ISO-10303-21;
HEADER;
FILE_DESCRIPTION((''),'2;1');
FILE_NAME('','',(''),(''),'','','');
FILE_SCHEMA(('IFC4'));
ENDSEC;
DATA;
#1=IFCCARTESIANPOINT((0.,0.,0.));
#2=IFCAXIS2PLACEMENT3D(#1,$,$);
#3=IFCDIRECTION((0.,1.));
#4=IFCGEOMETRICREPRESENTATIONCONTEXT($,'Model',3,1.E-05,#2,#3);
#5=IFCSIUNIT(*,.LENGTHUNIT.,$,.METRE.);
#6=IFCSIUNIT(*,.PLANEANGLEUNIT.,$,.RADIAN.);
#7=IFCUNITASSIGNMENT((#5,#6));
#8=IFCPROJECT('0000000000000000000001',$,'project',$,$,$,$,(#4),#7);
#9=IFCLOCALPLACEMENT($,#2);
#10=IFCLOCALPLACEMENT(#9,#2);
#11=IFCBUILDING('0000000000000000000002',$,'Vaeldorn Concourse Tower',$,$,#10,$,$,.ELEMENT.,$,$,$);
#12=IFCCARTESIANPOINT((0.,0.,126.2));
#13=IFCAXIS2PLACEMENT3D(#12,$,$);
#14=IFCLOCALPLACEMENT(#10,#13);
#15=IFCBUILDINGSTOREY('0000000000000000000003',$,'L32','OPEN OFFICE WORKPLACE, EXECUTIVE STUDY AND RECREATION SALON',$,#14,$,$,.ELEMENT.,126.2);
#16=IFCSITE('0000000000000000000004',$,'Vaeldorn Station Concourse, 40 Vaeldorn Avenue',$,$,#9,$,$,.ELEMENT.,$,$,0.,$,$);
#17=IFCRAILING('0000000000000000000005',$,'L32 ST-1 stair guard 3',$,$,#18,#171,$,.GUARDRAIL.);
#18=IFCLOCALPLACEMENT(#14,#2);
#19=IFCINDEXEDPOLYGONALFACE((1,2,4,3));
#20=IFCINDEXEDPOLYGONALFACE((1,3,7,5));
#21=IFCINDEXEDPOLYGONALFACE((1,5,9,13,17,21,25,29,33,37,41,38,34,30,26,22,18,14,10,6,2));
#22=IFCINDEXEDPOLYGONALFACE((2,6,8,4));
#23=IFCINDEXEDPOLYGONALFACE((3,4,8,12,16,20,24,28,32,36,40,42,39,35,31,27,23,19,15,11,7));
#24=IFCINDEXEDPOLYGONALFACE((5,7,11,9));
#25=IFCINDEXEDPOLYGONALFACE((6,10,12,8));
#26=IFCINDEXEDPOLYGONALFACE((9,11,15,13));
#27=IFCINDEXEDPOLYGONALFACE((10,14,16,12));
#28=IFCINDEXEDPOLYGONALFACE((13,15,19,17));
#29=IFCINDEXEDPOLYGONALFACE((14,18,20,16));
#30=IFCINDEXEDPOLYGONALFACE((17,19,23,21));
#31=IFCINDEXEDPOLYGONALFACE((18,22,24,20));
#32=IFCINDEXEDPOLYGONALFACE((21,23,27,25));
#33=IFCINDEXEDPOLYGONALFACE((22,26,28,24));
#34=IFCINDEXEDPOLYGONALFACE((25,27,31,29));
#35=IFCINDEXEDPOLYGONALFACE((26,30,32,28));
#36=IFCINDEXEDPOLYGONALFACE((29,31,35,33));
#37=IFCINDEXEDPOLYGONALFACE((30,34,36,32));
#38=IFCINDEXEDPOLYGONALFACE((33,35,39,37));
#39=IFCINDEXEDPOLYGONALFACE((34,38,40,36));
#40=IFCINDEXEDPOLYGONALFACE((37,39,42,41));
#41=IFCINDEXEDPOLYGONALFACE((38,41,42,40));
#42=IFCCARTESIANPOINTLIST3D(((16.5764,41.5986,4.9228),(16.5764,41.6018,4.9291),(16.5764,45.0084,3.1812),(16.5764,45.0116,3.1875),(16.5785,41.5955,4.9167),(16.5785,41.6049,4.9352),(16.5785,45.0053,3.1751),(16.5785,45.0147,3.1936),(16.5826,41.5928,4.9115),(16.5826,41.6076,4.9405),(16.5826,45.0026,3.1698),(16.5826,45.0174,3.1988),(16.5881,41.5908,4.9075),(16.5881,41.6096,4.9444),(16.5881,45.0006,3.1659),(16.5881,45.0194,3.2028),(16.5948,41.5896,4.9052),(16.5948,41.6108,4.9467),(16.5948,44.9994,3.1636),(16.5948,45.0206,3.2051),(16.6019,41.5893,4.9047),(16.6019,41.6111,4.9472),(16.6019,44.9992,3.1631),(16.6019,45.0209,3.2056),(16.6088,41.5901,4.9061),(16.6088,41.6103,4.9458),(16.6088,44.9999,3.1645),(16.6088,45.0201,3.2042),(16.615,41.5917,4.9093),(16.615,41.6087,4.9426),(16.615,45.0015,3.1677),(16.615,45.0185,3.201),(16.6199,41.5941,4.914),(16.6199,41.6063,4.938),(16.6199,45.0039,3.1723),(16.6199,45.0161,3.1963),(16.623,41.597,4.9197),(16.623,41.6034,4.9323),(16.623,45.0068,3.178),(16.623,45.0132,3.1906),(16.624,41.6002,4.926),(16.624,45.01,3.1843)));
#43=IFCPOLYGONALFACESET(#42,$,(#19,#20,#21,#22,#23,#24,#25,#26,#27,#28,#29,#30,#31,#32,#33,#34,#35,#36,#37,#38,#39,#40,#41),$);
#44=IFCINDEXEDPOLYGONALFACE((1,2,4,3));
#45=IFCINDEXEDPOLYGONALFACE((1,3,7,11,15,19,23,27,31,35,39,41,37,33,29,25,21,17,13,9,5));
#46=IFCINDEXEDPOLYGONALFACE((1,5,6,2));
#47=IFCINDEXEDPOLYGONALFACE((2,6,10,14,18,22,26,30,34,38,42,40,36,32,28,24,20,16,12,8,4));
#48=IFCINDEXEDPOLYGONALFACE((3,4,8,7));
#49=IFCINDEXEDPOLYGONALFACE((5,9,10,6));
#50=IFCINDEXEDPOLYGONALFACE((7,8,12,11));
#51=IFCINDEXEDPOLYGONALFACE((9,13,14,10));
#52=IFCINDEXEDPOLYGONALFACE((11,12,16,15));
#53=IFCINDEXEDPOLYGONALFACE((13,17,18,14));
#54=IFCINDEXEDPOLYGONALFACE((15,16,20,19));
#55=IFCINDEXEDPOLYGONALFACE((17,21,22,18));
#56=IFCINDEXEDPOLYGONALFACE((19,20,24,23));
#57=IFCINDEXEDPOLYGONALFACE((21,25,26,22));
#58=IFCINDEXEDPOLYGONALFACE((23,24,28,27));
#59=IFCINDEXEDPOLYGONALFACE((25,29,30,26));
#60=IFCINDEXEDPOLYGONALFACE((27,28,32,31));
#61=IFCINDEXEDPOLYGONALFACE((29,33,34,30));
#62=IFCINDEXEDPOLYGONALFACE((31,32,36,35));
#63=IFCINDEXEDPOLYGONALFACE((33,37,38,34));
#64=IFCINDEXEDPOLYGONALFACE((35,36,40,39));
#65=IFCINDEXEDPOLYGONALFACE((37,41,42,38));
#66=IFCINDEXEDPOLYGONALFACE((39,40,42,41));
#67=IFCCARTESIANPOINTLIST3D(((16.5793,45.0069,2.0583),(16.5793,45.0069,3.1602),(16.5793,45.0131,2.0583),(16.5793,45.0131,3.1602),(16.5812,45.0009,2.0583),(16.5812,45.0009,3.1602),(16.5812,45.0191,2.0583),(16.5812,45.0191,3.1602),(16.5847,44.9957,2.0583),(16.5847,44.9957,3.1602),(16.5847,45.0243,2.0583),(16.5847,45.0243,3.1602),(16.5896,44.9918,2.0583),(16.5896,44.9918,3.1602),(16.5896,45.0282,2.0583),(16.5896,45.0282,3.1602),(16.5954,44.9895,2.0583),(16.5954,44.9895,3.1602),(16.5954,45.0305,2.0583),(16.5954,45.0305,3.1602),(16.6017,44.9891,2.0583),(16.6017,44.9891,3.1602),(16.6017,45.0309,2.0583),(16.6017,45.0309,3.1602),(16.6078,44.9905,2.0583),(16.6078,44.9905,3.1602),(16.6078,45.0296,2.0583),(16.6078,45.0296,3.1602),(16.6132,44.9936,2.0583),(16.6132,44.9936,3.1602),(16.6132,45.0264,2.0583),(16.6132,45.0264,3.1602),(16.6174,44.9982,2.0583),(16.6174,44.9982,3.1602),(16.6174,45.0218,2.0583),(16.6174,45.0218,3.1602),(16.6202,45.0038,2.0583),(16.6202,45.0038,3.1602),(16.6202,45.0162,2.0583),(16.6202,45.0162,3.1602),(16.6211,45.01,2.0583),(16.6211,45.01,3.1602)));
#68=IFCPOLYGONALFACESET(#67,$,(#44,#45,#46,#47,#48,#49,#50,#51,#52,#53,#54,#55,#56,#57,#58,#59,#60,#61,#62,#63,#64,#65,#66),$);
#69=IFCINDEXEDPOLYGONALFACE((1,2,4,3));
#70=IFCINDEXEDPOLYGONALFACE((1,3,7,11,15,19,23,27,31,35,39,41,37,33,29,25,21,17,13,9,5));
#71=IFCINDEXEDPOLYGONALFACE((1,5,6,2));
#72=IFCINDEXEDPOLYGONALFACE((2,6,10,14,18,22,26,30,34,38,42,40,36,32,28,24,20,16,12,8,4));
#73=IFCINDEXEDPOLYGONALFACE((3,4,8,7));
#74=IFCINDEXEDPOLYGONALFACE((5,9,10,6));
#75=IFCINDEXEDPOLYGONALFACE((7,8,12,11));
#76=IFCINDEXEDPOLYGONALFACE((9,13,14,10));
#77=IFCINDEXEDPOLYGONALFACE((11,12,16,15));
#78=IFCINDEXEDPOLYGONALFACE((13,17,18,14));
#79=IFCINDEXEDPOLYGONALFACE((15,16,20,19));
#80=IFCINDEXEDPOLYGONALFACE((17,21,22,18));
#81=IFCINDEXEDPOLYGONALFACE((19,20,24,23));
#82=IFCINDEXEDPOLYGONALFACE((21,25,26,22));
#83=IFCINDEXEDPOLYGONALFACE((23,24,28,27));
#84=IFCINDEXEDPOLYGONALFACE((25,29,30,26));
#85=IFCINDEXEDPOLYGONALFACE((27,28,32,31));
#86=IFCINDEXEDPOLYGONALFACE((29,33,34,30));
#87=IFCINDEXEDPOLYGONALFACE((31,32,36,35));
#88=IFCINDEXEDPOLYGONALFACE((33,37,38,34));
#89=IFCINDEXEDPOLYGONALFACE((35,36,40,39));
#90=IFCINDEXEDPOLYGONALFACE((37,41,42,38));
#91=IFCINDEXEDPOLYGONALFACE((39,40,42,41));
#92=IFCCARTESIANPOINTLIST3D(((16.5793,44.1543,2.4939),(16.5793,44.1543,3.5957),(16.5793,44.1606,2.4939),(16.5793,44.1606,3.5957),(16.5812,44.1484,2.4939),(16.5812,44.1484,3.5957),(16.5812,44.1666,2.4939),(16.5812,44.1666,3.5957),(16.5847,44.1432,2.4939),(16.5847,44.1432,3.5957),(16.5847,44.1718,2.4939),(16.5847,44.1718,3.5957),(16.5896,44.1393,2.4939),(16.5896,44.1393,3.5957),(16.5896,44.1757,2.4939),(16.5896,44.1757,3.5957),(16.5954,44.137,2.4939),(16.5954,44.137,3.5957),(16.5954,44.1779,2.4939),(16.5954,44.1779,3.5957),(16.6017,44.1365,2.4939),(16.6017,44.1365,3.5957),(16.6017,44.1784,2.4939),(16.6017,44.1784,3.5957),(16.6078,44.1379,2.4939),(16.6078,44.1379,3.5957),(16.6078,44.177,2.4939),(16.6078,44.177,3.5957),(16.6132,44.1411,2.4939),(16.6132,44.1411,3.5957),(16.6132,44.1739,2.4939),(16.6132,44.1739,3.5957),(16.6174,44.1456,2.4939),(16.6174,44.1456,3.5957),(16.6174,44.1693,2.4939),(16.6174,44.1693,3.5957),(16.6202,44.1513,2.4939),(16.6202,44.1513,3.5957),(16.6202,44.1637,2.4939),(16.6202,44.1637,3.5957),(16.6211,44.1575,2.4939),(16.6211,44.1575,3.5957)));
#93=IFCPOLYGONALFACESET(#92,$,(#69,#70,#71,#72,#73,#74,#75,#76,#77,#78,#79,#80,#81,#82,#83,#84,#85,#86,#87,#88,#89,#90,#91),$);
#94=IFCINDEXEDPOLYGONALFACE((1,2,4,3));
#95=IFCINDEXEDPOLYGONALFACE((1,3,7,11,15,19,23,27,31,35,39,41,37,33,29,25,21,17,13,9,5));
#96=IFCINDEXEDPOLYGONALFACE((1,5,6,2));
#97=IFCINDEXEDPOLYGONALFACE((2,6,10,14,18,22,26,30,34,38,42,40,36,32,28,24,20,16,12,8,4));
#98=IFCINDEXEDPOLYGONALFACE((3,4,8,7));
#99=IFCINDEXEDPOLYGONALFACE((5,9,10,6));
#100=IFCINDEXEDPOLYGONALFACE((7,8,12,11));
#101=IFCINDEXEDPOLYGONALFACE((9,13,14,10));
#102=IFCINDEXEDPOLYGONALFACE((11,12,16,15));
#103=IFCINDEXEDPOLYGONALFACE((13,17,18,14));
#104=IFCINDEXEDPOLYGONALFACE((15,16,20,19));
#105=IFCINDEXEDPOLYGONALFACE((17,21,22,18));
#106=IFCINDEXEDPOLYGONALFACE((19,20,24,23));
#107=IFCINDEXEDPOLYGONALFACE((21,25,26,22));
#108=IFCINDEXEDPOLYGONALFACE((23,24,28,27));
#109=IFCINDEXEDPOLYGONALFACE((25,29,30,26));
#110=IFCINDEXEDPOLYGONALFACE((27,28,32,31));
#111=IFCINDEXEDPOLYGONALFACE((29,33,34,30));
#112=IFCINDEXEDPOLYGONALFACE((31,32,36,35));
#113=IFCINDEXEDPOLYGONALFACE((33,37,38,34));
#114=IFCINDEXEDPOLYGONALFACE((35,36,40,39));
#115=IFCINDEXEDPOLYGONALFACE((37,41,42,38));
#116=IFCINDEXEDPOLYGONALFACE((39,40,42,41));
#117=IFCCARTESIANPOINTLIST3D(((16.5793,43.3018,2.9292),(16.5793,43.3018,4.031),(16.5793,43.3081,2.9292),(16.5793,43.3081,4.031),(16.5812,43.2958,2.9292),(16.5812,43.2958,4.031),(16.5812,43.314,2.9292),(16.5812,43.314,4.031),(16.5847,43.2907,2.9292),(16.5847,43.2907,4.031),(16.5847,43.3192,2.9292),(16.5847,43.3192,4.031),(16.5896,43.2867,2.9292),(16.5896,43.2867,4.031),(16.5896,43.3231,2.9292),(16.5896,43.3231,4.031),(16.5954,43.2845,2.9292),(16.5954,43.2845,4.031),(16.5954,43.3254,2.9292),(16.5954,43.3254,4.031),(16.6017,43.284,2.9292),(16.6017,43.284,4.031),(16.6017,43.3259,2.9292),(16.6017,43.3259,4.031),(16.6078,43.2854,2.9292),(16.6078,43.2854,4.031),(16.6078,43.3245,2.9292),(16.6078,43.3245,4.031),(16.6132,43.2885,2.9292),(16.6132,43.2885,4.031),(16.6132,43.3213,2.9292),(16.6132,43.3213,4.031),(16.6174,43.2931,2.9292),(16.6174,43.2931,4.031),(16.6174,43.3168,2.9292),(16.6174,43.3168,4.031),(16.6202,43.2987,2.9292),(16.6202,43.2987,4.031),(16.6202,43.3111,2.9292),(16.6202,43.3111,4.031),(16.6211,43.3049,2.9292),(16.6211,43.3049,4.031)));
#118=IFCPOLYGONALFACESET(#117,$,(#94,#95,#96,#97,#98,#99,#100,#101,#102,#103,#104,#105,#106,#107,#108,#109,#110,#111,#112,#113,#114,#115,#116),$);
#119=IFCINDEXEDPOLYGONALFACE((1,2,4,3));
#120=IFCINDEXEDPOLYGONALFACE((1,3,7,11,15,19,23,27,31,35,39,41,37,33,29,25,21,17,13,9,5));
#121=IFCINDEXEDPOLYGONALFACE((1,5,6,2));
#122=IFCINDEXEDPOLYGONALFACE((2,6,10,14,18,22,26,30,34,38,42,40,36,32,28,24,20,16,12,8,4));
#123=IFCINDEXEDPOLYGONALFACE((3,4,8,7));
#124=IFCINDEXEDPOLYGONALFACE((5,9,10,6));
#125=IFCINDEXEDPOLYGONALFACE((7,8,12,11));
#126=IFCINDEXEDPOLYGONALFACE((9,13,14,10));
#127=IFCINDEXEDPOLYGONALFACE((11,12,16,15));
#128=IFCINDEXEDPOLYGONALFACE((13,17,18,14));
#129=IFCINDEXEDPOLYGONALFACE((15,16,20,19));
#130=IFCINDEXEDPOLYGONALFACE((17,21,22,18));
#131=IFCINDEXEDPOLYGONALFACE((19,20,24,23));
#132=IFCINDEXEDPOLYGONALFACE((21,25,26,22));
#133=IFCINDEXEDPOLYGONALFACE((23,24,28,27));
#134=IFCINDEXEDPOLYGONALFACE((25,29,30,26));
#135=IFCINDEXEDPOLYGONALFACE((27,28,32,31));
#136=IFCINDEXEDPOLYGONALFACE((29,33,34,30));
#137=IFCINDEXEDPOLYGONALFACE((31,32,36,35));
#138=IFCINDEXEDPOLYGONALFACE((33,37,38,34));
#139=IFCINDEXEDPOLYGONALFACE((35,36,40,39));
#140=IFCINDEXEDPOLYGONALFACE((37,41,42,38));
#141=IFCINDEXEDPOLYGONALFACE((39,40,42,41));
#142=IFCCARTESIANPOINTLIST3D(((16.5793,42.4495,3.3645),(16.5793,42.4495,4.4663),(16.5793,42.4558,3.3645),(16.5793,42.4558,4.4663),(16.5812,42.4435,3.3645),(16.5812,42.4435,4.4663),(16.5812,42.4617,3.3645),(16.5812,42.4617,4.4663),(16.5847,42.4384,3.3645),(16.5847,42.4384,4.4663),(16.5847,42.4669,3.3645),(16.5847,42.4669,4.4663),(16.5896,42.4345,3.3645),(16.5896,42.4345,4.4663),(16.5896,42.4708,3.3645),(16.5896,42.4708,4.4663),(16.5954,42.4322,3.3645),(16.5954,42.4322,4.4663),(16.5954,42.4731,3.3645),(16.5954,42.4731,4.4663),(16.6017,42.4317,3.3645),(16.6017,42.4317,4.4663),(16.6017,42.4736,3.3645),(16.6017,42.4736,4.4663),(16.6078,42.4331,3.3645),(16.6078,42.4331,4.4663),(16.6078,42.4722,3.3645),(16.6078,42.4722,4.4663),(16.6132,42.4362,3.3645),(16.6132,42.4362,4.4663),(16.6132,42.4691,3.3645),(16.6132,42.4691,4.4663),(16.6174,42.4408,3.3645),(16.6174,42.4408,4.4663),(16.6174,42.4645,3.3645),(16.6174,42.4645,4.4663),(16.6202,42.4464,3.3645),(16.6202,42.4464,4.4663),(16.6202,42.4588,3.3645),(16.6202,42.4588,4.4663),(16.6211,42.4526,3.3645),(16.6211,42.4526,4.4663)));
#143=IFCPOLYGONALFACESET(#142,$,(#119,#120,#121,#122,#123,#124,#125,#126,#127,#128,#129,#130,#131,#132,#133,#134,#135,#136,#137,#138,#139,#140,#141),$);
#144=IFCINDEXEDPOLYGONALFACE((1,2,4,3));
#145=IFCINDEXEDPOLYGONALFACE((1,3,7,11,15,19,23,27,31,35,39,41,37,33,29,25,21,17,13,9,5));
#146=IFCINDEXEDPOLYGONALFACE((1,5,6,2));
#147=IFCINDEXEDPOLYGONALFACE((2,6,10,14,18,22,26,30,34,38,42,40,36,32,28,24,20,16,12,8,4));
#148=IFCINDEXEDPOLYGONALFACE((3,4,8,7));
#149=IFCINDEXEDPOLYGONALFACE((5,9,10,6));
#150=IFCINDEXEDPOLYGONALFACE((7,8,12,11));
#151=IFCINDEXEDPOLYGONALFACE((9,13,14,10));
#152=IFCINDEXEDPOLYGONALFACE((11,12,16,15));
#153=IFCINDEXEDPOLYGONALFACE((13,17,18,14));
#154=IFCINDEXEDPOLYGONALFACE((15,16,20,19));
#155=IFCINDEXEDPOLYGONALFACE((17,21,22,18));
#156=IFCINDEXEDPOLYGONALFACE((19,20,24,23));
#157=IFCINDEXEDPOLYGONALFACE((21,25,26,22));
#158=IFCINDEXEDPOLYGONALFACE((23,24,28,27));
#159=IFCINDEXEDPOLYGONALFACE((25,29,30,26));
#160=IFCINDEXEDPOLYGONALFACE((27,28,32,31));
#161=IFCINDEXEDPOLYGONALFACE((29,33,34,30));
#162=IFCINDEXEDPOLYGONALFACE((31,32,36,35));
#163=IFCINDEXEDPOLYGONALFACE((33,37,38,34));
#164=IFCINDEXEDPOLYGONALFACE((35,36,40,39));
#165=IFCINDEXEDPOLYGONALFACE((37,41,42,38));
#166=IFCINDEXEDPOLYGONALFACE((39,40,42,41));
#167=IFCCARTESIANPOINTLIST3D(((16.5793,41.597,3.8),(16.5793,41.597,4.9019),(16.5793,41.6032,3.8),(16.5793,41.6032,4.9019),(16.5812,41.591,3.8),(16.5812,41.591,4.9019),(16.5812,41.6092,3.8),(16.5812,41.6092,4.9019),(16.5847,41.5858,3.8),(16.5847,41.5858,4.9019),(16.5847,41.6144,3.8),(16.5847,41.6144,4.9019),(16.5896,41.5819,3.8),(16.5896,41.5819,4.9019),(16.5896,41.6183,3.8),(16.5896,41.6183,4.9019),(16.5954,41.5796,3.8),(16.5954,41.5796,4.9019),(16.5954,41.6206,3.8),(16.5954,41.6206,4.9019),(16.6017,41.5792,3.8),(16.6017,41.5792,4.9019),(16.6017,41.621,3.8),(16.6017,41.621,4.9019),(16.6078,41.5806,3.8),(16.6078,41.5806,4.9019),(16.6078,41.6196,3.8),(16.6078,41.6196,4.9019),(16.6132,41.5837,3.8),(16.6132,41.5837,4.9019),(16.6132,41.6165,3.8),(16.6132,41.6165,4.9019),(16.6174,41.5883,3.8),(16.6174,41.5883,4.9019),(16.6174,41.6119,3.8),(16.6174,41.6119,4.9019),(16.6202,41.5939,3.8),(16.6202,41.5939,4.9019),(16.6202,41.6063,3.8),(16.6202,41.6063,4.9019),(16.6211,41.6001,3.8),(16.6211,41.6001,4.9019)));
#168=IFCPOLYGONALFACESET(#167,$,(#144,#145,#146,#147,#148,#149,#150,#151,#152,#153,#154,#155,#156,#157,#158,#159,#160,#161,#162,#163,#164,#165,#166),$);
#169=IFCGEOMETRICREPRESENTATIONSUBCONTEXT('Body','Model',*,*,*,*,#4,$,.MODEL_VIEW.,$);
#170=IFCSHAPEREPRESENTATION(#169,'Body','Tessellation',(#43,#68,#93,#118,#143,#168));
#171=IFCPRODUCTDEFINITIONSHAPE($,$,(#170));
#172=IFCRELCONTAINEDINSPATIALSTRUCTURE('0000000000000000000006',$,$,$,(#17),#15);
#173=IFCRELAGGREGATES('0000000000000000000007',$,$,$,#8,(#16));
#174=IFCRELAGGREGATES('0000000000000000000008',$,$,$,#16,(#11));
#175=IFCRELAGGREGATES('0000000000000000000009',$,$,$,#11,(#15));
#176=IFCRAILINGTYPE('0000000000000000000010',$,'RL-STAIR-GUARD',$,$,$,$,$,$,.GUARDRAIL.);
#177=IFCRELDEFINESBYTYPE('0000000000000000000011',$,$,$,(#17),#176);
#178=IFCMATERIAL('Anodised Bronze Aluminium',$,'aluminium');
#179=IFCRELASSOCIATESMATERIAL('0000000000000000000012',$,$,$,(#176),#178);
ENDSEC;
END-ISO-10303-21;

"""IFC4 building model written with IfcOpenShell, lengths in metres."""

from ifc_helpers import new_model, si_unit, direction, frame, origin, origin_2d, place, context, subcontext, project, spatial, circle, extrude, material, type_object, element, save


model = new_model("IFC4")

# Units and contexts
model_context = context("Model", 3, precision=1e-05, world=origin(), true_north=direction((0.0, 1.0)))
body_context = subcontext(model_context, "Body", "Model", "MODEL_VIEW")
ifc_project = project(units=[si_unit("LENGTHUNIT", "METRE"), si_unit("PLANEANGLEUNIT", "RADIAN")], contexts=[model_context])

# Site, building, storey
site_placement = place(None, origin())
site = spatial("IfcSite", under=ifc_project, at=site_placement, Name="Vaeldorn Station Concourse, 40 Vaeldorn Avenue", CompositionType="ELEMENT", RefElevation=0.0)
building_placement = place(site_placement, origin())
building = spatial("IfcBuilding", under=site, at=building_placement, Name="Vaeldorn Concourse Tower", CompositionType="ELEMENT")
storey_placement = place(building_placement, frame((0.0, 0.0, 126.2)))
storey = spatial("IfcBuildingStorey", under=building, at=storey_placement, Name="L32", Description="OPEN OFFICE WORKPLACE, EXECUTIVE STUDY AND RECREATION SALON", CompositionType="ELEMENT", Elevation=126.2)

# Shared definitions
ifc_material_1 = material(Name="Anodised Bronze Aluminium", Category="aluminium")

# Railing
railing_type_1 = type_object("IfcRailingType", Name="RL-STAIR-GUARD", PredefinedType="GUARDRAIL", material=ifc_material_1)
railing_1_placement = place(storey_placement, frame((16.6001, 45.01, 2.0583)))
element("IfcRailing", 1, at=railing_1_placement, inside=storey, type_object=railing_type_1, Name="L32 ST-1 stair guard 3", PredefinedType="GUARDRAIL", context=body_context, shape_type="SweptSolid", body=[
    extrude(circle(Radius=0.0239, at=origin_2d()), frame((0.0, 0.0, 1.126), z_axis=(0.0, -0.890556, 0.454874), x_axis=(1.0, 0.0, 0.0)), (0.0, 0.0, 1.0), 3.8289),
    extrude(circle(Radius=0.021, at=origin_2d()), origin(), (0.0, 0.0, 1.0), 1.1018),
    extrude(circle(Radius=0.021, at=origin_2d()), frame((0.0, -0.8525, 0.4355)), (0.0, 0.0, 1.0), 1.1018),
    extrude(circle(Radius=0.021, at=origin_2d()), frame((0.0, -1.7051, 0.8708)), (0.0, 0.0, 1.0), 1.1018),
    extrude(circle(Radius=0.021, at=origin_2d()), frame((0.0, -2.5574, 1.3062)), (0.0, 0.0, 1.0), 1.1018),
    extrude(circle(Radius=0.021, at=origin_2d()), frame((0.0, -3.4099, 1.7417)), (0.0, 0.0, 1.0), 1.1018),
])

save(model, "model.ifc")
